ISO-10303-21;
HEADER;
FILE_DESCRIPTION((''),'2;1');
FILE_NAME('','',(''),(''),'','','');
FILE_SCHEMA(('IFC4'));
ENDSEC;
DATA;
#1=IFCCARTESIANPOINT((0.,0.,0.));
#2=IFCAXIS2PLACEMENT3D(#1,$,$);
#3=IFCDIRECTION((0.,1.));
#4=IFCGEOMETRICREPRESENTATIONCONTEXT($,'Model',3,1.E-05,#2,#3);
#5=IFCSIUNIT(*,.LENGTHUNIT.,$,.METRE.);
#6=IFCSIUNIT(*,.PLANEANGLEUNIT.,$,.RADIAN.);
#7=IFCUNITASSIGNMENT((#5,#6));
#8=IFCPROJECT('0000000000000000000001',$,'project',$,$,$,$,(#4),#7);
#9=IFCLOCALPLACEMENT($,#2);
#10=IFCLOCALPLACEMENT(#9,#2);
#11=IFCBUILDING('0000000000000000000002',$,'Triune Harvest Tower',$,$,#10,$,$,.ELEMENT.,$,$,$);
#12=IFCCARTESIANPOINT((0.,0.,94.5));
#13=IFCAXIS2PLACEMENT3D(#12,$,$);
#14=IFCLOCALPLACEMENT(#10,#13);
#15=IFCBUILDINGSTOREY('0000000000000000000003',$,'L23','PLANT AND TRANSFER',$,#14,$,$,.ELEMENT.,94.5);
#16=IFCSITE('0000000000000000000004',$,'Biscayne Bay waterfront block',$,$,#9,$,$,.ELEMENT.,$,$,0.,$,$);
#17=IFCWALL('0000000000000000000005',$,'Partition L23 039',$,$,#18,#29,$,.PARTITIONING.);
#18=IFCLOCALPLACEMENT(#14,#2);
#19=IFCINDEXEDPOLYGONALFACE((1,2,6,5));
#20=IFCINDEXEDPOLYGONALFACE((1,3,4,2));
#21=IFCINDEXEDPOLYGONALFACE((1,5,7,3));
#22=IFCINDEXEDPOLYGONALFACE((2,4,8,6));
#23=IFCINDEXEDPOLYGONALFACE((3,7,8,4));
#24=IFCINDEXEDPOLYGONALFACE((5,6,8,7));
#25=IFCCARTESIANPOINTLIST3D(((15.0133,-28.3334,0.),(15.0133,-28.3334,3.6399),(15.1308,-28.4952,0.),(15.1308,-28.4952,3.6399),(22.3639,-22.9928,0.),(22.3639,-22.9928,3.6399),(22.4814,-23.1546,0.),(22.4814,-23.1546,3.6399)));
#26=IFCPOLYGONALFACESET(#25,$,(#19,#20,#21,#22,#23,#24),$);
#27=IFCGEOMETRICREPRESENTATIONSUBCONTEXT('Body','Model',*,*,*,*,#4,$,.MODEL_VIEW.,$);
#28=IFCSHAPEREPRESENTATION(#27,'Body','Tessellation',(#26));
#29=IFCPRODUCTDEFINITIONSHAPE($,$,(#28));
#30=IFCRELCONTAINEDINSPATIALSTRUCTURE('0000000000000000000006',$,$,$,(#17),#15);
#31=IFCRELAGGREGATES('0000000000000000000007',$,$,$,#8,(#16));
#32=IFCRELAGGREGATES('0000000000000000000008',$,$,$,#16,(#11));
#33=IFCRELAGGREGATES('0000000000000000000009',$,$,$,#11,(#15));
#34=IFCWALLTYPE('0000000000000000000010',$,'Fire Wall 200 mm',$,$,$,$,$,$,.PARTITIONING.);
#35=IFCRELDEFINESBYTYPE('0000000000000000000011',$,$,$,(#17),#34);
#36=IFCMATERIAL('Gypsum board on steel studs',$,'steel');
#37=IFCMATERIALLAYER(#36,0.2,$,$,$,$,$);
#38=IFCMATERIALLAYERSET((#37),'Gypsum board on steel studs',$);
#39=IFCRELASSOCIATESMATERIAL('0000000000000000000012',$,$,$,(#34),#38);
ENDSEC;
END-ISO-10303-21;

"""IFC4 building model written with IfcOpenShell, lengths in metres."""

from ifc_helpers import new_model, si_unit, direction, frame, frame_2d, origin, place, context, subcontext, project, spatial, rectangle, extrude, material, layer, layer_set, type_object, element, save


model = new_model("IFC4")

# Units and contexts
model_context = context("Model", 3, precision=1e-05, world=origin(), true_north=direction((0.0, 1.0)))
body_context = subcontext(model_context, "Body", "Model", "MODEL_VIEW")
ifc_project = project(units=[si_unit("LENGTHUNIT", "METRE"), si_unit("PLANEANGLEUNIT", "RADIAN")], contexts=[model_context])

# Site, building, storey
site_placement = place(None, origin())
site = spatial("IfcSite", under=ifc_project, at=site_placement, Name="Biscayne Bay waterfront block", CompositionType="ELEMENT", RefElevation=0.0)
building_placement = place(site_placement, origin())
building = spatial("IfcBuilding", under=site, at=building_placement, Name="Triune Harvest Tower", CompositionType="ELEMENT")
storey_placement = place(building_placement, frame((0.0, 0.0, 94.5)))
storey = spatial("IfcBuildingStorey", under=building, at=storey_placement, Name="L23", Description="PLANT AND TRANSFER", CompositionType="ELEMENT", Elevation=94.5)

# Wall
ifc_material_1 = material(Name="Gypsum board on steel studs", Category="steel")
ifc_layer_1 = layer(ifc_material_1, 0.2)
ifc_layer_set_1 = layer_set([ifc_layer_1], Name="Gypsum board on steel studs")
wall_type = type_object("IfcWallType", Name="Fire Wall 200 mm", PredefinedType="PARTITIONING", material=ifc_layer_set_1)
wall_placement = place(storey_placement, frame((15.072, -28.4143, 0.0), z_axis=(0.0, 0.0, 1.0), x_axis=(0.809014, 0.58779, 0.0)))
element("IfcWall", 1, at=wall_placement, inside=storey, type_object=wall_type, Name="Partition L23 039", PredefinedType="PARTITIONING", context=body_context, shape_type="SweptSolid", body=[
    extrude(rectangle(XDim=9.0859, YDim=0.2, at=frame_2d((4.543, 0.0))), origin(), (0.0, 0.0, 1.0), 3.6399),
])

save(model, "model.ifc")
